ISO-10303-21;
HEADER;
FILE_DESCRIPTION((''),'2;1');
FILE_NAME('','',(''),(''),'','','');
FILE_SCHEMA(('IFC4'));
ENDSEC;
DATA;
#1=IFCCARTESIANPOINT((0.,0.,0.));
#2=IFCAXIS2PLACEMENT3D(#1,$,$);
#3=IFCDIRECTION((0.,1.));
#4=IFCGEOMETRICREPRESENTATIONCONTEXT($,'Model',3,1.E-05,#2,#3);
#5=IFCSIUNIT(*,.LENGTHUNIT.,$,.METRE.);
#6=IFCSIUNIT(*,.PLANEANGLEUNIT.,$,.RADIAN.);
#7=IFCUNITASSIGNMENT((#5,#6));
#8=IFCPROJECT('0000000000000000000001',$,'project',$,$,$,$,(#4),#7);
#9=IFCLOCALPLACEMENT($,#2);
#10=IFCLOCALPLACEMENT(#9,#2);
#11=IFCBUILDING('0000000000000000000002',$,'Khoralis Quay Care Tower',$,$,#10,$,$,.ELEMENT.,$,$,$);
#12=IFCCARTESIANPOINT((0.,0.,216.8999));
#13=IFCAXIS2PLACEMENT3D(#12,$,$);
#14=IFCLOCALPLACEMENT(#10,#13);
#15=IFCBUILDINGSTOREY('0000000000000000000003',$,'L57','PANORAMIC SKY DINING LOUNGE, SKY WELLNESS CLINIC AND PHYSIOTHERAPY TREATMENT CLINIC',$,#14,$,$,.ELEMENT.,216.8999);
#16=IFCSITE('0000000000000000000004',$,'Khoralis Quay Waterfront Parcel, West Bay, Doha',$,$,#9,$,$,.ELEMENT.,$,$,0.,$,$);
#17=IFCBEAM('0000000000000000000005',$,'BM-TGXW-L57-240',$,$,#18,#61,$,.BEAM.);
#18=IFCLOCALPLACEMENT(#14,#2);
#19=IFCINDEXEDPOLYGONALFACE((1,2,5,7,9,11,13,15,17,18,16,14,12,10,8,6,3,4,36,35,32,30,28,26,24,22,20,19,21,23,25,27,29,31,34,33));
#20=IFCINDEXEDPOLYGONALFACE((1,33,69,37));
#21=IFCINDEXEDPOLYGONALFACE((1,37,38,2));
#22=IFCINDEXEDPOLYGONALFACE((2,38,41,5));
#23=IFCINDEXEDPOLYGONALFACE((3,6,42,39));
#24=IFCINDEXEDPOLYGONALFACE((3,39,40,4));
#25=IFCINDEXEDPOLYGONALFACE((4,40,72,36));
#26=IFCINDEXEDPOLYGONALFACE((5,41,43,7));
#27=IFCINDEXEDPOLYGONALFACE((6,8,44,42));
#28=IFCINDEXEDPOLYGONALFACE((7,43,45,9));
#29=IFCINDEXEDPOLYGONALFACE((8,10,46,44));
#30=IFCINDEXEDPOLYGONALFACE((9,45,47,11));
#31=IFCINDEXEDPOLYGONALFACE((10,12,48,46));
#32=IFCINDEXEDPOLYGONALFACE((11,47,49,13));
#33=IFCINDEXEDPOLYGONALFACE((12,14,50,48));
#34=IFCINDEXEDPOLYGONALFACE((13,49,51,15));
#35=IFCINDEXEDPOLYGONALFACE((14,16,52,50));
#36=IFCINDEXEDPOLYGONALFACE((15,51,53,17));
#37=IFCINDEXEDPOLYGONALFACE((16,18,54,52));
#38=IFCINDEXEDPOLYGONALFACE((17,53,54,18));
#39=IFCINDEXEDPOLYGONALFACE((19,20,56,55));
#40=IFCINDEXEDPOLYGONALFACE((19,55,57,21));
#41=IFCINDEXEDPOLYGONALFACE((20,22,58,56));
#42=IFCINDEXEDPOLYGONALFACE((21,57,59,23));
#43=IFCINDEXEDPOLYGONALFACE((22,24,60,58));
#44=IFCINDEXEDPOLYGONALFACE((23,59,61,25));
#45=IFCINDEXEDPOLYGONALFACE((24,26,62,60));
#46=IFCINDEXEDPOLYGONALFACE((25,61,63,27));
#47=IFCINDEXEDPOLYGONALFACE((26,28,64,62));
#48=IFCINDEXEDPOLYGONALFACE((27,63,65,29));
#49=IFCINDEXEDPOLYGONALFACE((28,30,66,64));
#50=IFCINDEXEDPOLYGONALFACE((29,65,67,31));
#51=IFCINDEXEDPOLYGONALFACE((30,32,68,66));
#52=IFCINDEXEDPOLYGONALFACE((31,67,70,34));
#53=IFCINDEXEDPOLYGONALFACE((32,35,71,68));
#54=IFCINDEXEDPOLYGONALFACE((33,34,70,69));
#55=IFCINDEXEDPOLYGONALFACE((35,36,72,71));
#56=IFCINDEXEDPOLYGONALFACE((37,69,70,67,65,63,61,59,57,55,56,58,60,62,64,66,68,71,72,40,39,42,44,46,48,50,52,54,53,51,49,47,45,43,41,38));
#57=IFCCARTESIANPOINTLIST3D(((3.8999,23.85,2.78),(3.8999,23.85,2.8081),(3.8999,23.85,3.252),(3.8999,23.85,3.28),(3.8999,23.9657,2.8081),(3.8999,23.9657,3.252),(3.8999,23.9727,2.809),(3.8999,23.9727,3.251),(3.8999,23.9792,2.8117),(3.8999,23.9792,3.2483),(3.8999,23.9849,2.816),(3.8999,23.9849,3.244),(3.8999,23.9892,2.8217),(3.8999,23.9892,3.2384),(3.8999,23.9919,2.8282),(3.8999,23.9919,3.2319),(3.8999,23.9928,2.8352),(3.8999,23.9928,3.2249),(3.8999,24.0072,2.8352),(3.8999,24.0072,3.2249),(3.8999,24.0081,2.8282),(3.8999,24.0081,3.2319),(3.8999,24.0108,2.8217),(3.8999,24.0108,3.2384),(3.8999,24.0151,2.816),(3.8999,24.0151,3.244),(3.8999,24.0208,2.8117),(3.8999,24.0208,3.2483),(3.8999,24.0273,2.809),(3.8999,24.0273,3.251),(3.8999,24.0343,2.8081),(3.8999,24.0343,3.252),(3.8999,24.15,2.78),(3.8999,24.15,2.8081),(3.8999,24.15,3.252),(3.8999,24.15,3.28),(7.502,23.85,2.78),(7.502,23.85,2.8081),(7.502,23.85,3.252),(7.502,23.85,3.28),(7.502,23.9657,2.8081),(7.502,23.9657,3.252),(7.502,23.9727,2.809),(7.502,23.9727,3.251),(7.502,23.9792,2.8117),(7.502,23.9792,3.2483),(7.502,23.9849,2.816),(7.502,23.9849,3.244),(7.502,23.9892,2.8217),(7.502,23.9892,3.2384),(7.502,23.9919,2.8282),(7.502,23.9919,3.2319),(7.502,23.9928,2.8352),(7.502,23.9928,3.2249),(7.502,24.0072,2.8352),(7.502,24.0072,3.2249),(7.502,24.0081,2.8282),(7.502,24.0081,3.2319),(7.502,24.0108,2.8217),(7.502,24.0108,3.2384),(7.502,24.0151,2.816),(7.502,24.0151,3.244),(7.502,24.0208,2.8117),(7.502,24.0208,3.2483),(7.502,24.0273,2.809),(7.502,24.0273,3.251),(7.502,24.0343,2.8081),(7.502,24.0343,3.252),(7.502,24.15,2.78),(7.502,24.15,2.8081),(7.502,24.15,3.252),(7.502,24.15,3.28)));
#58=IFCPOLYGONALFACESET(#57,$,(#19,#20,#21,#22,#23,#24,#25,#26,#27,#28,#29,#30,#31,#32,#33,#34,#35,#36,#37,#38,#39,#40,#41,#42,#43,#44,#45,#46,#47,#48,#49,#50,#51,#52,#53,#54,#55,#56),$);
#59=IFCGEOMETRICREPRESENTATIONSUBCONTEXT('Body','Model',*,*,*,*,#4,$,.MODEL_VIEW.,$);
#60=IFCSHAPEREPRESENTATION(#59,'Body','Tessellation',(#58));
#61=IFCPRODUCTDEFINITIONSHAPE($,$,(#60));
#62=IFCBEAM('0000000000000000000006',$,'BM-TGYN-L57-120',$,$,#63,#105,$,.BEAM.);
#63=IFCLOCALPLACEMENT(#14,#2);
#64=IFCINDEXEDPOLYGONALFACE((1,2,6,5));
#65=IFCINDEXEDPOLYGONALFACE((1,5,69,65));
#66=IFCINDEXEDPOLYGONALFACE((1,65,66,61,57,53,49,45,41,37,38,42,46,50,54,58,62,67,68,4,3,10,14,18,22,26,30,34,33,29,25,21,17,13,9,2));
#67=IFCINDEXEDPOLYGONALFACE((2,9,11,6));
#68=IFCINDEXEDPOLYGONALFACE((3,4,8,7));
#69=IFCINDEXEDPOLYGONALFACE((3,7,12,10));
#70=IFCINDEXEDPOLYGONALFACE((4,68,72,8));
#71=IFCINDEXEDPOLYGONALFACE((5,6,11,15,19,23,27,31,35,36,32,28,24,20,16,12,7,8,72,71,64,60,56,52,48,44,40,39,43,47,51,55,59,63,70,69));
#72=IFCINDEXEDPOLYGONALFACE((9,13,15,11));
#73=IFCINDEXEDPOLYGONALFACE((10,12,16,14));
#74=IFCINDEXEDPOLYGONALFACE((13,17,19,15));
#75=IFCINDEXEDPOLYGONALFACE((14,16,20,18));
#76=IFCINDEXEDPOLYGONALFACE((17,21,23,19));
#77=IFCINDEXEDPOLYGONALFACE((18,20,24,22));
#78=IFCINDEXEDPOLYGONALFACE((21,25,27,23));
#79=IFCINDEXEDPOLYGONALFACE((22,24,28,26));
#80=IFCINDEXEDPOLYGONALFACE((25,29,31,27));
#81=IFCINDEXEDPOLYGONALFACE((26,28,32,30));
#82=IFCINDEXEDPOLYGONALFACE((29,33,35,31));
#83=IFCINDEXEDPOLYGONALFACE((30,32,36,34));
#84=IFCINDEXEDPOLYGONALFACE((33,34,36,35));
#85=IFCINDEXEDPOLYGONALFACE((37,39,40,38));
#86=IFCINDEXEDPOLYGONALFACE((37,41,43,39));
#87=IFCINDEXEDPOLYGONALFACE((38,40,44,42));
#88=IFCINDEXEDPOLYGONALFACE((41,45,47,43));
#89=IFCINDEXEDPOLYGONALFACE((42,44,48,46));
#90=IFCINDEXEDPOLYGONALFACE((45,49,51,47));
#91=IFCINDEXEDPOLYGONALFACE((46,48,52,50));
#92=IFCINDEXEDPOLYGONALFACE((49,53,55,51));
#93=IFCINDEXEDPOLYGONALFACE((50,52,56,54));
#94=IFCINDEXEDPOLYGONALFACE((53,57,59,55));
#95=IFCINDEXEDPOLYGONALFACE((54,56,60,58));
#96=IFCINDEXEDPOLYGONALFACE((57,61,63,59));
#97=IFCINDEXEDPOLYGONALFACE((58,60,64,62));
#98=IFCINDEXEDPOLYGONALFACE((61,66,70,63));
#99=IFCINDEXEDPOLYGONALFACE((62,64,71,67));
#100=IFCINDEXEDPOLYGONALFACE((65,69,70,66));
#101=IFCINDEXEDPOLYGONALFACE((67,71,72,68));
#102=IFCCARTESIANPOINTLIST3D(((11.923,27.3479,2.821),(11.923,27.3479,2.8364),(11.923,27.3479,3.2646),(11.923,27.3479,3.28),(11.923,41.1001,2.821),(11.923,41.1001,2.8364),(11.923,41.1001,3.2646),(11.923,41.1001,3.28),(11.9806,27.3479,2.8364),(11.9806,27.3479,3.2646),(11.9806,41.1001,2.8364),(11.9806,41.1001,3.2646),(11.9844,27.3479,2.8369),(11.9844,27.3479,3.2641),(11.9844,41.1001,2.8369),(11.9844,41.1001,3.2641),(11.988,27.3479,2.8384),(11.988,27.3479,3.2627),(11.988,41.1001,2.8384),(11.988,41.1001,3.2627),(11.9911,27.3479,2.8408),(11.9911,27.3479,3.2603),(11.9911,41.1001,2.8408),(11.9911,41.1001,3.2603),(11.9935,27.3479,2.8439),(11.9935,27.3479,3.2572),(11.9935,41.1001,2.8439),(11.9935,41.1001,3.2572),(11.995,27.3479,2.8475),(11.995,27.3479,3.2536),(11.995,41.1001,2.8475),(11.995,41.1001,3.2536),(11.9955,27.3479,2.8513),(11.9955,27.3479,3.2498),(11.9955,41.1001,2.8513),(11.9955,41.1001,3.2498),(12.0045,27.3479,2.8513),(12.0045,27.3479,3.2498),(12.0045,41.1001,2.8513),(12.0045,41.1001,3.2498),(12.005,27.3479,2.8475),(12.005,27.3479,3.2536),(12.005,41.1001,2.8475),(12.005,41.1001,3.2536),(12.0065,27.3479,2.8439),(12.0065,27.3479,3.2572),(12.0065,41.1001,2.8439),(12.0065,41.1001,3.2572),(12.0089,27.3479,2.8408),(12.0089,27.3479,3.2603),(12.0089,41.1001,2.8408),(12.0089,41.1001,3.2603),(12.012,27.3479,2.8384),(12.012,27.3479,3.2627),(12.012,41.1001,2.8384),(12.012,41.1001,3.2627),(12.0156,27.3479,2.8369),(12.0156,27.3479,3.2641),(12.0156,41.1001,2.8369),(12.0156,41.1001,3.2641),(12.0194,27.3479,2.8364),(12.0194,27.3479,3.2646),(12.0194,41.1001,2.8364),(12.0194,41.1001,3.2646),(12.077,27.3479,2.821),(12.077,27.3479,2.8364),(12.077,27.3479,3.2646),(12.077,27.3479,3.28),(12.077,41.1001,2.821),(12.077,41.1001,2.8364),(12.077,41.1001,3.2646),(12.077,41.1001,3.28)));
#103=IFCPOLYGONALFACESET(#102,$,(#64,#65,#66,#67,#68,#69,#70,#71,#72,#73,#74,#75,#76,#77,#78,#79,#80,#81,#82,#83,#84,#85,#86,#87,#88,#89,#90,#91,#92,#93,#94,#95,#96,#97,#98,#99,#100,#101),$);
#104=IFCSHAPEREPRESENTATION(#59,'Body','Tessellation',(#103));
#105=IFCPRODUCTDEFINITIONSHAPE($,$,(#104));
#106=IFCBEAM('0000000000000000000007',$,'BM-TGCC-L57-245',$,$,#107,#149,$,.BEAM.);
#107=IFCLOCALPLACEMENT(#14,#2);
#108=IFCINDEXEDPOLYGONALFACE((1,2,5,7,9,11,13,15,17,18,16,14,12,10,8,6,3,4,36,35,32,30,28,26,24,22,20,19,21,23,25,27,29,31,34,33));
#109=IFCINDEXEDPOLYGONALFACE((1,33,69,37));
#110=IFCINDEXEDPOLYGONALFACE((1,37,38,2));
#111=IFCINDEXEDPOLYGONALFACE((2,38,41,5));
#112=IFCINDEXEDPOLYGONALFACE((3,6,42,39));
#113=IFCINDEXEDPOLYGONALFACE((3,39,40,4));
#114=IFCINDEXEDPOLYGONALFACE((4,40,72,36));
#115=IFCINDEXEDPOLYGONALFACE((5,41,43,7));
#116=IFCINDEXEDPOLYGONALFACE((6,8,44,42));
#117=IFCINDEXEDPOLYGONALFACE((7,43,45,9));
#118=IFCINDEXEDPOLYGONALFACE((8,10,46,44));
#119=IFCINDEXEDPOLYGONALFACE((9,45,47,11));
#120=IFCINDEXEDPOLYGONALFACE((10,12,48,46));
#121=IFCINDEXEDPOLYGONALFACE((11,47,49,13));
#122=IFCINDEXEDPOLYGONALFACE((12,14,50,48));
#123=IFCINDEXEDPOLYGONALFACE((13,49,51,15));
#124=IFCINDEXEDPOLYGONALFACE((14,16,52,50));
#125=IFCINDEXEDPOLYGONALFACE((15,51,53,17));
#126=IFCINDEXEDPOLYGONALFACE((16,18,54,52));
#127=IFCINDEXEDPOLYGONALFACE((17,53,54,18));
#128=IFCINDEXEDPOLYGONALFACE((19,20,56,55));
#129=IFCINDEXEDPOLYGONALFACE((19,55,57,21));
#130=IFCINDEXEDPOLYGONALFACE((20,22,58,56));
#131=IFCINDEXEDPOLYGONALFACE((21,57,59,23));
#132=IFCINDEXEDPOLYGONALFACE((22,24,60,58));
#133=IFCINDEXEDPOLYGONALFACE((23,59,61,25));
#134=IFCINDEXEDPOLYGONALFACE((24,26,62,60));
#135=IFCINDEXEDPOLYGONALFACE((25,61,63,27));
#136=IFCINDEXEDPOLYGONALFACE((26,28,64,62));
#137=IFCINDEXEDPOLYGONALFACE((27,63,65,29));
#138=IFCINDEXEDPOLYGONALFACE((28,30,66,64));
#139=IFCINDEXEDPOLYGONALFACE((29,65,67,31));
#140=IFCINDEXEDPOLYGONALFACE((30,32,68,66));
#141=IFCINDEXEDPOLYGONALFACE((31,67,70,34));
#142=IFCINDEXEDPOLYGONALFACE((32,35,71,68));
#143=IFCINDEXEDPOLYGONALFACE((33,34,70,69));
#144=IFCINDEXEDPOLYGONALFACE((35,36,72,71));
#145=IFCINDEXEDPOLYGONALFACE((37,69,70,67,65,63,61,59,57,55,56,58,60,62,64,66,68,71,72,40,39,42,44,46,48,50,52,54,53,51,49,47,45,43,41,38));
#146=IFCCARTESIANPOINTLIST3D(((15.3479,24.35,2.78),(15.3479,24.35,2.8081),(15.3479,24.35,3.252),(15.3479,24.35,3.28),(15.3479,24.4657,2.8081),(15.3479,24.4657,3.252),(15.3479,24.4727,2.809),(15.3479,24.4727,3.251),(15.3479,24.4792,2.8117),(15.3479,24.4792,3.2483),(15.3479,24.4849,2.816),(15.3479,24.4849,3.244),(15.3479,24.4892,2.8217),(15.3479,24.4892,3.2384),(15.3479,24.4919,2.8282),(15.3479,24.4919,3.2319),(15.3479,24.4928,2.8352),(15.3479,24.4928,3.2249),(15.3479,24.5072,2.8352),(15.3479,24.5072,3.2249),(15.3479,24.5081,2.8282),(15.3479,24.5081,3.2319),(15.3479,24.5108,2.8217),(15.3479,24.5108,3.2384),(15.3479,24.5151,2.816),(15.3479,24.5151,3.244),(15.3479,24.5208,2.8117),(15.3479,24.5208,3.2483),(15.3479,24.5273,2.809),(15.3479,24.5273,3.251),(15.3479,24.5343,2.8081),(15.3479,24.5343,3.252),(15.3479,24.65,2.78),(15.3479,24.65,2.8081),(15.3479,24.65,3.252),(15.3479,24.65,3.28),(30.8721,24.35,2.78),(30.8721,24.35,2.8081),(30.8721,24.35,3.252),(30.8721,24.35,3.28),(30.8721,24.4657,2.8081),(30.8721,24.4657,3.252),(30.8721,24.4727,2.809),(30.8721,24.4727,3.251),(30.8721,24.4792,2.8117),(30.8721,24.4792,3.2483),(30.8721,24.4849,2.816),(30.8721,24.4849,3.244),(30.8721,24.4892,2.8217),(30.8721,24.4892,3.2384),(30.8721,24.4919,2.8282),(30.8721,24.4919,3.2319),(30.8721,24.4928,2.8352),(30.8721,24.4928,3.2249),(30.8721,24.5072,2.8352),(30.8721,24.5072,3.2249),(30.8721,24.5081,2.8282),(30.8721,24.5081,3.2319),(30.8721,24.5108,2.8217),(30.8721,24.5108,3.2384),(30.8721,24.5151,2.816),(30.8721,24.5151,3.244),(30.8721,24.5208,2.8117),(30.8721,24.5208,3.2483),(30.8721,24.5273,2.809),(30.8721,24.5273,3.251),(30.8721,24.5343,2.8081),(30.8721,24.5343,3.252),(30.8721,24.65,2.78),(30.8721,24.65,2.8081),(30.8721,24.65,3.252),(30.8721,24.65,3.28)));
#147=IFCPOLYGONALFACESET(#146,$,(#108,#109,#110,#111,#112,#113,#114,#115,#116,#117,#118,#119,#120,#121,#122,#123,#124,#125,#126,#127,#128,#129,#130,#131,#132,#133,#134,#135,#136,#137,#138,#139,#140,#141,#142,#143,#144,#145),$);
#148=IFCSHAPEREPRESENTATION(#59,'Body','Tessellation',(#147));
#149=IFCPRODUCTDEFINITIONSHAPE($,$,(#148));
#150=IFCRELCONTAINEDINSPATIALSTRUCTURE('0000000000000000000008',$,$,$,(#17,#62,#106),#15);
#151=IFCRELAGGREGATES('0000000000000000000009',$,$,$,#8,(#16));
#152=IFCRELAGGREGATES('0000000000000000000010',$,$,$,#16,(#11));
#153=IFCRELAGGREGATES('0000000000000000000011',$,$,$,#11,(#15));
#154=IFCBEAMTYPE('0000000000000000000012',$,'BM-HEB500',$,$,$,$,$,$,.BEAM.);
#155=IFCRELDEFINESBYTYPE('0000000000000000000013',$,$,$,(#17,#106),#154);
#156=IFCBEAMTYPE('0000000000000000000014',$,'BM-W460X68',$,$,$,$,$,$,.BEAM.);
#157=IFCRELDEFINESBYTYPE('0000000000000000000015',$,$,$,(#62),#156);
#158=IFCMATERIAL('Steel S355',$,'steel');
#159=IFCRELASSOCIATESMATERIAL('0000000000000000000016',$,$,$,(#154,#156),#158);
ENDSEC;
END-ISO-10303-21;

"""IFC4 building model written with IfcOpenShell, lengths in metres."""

from ifc_helpers import new_model, si_unit, direction, frame, origin, origin_2d, place, context, subcontext, project, spatial, i_section, extrude, source, transform, mapped, material, material_profile, profile_set, type_object, element, save


model = new_model("IFC4")

# Units and contexts
model_context = context("Model", 3, precision=1e-05, world=origin(), true_north=direction((0.0, 1.0)))
body_context = subcontext(model_context, "Body", "Model", "MODEL_VIEW")
ifc_project = project(units=[si_unit("LENGTHUNIT", "METRE"), si_unit("PLANEANGLEUNIT", "RADIAN")], contexts=[model_context])

# Site, building, storey
site_placement = place(None, origin())
site = spatial("IfcSite", under=ifc_project, at=site_placement, Name="Khoralis Quay Waterfront Parcel, West Bay, Doha", CompositionType="ELEMENT", RefElevation=0.0)
building_placement = place(site_placement, origin())
building = spatial("IfcBuilding", under=site, at=building_placement, Name="Khoralis Quay Care Tower", CompositionType="ELEMENT")
storey_placement = place(building_placement, frame((0.0, 0.0, 216.8999)))
storey = spatial("IfcBuildingStorey", under=building, at=storey_placement, Name="L57", Description="PANORAMIC SKY DINING LOUNGE, SKY WELLNESS CLINIC AND PHYSIOTHERAPY TREATMENT CLINIC", CompositionType="ELEMENT", Elevation=216.8999)

# Beams
ifc_material_1 = material(Name="Steel S355", Category="steel")
ifc_material_profile_1 = material_profile(ifc_material_1, i_section(OverallWidth=0.3, OverallDepth=0.5, WebThickness=0.0144, FlangeThickness=0.0281, FilletRadius=0.0271, at=origin_2d()), Name="Steel S355")
ifc_profile_set_1 = profile_set([ifc_material_profile_1], Name="Steel S355")
beam_type_1 = type_object("IfcBeamType", Name="BM-HEB500", PredefinedType="BEAM", material=ifc_profile_set_1)
shared_shape_1 = source(origin(), body_context, "Body", "SweptSolid", [
    extrude(i_section(OverallWidth=0.3, OverallDepth=0.5, WebThickness=0.0144, FlangeThickness=0.0281, FilletRadius=0.0271, at=origin_2d()), origin(), (0.0, 0.0, 1.0), 3.6021),
])
for number, where, z_axis, x_axis, name in (
    (1, (3.8999, 24.0, 3.03), (1.0, 0.0, 0.0), (0.0, 1.0, 0.0), "BM-TGXW-L57-240"),
):
    element("IfcBeam", number, at=place(storey_placement, frame(where, z_axis=z_axis, x_axis=x_axis)), inside=storey, type_object=beam_type_1, Name=name, PredefinedType="BEAM", context=body_context, shape_type="MappedRepresentation", body=[
        mapped(shared_shape_1, transform((0.0, 0.0, 0.0), scale=1.0)),
    ])
ifc_material_profile_2 = material_profile(ifc_material_1, i_section(OverallWidth=0.1541, OverallDepth=0.459, WebThickness=0.009, FlangeThickness=0.0154, FilletRadius=0.0149, at=origin_2d()), Name="Steel S355")
ifc_profile_set_2 = profile_set([ifc_material_profile_2], Name="Steel S355")
beam_type_2 = type_object("IfcBeamType", Name="BM-W460X68", PredefinedType="BEAM", material=ifc_profile_set_2)
shared_shape_2 = source(origin(), body_context, "Body", "SweptSolid", [
    extrude(i_section(OverallWidth=0.1541, OverallDepth=0.459, WebThickness=0.009, FlangeThickness=0.0154, FilletRadius=0.0149, at=origin_2d()), origin(), (0.0, 0.0, 1.0), 13.7522),
])
beam_1_placement = place(storey_placement, frame((12.0, 27.3479, 3.0505), z_axis=(0.0, 1.0, 0.0), x_axis=(-1.0, 0.0, 0.0)))
element("IfcBeam", 2, at=beam_1_placement, inside=storey, type_object=beam_type_2, Name="BM-TGYN-L57-120", PredefinedType="BEAM", context=body_context, shape_type="MappedRepresentation", body=[
    mapped(shared_shape_2, transform((0.0, 0.0, 0.0), scale=1.0)),
])
shared_shape_3 = source(origin(), body_context, "Body", "SweptSolid", [
    extrude(i_section(OverallWidth=0.3, OverallDepth=0.5, WebThickness=0.0144, FlangeThickness=0.0281, FilletRadius=0.0271, at=origin_2d()), origin(), (0.0, 0.0, 1.0), 15.5242),
])
beam_2_placement = place(storey_placement, frame((15.3479, 24.5, 3.03), z_axis=(1.0, 0.0, 0.0), x_axis=(0.0, 1.0, 0.0)))
element("IfcBeam", 3, at=beam_2_placement, inside=storey, type_object=beam_type_1, Name="BM-TGCC-L57-245", PredefinedType="BEAM", context=body_context, shape_type="MappedRepresentation", body=[
    mapped(shared_shape_3, transform((0.0, 0.0, 0.0), scale=1.0)),
])

save(model, "model.ifc")
